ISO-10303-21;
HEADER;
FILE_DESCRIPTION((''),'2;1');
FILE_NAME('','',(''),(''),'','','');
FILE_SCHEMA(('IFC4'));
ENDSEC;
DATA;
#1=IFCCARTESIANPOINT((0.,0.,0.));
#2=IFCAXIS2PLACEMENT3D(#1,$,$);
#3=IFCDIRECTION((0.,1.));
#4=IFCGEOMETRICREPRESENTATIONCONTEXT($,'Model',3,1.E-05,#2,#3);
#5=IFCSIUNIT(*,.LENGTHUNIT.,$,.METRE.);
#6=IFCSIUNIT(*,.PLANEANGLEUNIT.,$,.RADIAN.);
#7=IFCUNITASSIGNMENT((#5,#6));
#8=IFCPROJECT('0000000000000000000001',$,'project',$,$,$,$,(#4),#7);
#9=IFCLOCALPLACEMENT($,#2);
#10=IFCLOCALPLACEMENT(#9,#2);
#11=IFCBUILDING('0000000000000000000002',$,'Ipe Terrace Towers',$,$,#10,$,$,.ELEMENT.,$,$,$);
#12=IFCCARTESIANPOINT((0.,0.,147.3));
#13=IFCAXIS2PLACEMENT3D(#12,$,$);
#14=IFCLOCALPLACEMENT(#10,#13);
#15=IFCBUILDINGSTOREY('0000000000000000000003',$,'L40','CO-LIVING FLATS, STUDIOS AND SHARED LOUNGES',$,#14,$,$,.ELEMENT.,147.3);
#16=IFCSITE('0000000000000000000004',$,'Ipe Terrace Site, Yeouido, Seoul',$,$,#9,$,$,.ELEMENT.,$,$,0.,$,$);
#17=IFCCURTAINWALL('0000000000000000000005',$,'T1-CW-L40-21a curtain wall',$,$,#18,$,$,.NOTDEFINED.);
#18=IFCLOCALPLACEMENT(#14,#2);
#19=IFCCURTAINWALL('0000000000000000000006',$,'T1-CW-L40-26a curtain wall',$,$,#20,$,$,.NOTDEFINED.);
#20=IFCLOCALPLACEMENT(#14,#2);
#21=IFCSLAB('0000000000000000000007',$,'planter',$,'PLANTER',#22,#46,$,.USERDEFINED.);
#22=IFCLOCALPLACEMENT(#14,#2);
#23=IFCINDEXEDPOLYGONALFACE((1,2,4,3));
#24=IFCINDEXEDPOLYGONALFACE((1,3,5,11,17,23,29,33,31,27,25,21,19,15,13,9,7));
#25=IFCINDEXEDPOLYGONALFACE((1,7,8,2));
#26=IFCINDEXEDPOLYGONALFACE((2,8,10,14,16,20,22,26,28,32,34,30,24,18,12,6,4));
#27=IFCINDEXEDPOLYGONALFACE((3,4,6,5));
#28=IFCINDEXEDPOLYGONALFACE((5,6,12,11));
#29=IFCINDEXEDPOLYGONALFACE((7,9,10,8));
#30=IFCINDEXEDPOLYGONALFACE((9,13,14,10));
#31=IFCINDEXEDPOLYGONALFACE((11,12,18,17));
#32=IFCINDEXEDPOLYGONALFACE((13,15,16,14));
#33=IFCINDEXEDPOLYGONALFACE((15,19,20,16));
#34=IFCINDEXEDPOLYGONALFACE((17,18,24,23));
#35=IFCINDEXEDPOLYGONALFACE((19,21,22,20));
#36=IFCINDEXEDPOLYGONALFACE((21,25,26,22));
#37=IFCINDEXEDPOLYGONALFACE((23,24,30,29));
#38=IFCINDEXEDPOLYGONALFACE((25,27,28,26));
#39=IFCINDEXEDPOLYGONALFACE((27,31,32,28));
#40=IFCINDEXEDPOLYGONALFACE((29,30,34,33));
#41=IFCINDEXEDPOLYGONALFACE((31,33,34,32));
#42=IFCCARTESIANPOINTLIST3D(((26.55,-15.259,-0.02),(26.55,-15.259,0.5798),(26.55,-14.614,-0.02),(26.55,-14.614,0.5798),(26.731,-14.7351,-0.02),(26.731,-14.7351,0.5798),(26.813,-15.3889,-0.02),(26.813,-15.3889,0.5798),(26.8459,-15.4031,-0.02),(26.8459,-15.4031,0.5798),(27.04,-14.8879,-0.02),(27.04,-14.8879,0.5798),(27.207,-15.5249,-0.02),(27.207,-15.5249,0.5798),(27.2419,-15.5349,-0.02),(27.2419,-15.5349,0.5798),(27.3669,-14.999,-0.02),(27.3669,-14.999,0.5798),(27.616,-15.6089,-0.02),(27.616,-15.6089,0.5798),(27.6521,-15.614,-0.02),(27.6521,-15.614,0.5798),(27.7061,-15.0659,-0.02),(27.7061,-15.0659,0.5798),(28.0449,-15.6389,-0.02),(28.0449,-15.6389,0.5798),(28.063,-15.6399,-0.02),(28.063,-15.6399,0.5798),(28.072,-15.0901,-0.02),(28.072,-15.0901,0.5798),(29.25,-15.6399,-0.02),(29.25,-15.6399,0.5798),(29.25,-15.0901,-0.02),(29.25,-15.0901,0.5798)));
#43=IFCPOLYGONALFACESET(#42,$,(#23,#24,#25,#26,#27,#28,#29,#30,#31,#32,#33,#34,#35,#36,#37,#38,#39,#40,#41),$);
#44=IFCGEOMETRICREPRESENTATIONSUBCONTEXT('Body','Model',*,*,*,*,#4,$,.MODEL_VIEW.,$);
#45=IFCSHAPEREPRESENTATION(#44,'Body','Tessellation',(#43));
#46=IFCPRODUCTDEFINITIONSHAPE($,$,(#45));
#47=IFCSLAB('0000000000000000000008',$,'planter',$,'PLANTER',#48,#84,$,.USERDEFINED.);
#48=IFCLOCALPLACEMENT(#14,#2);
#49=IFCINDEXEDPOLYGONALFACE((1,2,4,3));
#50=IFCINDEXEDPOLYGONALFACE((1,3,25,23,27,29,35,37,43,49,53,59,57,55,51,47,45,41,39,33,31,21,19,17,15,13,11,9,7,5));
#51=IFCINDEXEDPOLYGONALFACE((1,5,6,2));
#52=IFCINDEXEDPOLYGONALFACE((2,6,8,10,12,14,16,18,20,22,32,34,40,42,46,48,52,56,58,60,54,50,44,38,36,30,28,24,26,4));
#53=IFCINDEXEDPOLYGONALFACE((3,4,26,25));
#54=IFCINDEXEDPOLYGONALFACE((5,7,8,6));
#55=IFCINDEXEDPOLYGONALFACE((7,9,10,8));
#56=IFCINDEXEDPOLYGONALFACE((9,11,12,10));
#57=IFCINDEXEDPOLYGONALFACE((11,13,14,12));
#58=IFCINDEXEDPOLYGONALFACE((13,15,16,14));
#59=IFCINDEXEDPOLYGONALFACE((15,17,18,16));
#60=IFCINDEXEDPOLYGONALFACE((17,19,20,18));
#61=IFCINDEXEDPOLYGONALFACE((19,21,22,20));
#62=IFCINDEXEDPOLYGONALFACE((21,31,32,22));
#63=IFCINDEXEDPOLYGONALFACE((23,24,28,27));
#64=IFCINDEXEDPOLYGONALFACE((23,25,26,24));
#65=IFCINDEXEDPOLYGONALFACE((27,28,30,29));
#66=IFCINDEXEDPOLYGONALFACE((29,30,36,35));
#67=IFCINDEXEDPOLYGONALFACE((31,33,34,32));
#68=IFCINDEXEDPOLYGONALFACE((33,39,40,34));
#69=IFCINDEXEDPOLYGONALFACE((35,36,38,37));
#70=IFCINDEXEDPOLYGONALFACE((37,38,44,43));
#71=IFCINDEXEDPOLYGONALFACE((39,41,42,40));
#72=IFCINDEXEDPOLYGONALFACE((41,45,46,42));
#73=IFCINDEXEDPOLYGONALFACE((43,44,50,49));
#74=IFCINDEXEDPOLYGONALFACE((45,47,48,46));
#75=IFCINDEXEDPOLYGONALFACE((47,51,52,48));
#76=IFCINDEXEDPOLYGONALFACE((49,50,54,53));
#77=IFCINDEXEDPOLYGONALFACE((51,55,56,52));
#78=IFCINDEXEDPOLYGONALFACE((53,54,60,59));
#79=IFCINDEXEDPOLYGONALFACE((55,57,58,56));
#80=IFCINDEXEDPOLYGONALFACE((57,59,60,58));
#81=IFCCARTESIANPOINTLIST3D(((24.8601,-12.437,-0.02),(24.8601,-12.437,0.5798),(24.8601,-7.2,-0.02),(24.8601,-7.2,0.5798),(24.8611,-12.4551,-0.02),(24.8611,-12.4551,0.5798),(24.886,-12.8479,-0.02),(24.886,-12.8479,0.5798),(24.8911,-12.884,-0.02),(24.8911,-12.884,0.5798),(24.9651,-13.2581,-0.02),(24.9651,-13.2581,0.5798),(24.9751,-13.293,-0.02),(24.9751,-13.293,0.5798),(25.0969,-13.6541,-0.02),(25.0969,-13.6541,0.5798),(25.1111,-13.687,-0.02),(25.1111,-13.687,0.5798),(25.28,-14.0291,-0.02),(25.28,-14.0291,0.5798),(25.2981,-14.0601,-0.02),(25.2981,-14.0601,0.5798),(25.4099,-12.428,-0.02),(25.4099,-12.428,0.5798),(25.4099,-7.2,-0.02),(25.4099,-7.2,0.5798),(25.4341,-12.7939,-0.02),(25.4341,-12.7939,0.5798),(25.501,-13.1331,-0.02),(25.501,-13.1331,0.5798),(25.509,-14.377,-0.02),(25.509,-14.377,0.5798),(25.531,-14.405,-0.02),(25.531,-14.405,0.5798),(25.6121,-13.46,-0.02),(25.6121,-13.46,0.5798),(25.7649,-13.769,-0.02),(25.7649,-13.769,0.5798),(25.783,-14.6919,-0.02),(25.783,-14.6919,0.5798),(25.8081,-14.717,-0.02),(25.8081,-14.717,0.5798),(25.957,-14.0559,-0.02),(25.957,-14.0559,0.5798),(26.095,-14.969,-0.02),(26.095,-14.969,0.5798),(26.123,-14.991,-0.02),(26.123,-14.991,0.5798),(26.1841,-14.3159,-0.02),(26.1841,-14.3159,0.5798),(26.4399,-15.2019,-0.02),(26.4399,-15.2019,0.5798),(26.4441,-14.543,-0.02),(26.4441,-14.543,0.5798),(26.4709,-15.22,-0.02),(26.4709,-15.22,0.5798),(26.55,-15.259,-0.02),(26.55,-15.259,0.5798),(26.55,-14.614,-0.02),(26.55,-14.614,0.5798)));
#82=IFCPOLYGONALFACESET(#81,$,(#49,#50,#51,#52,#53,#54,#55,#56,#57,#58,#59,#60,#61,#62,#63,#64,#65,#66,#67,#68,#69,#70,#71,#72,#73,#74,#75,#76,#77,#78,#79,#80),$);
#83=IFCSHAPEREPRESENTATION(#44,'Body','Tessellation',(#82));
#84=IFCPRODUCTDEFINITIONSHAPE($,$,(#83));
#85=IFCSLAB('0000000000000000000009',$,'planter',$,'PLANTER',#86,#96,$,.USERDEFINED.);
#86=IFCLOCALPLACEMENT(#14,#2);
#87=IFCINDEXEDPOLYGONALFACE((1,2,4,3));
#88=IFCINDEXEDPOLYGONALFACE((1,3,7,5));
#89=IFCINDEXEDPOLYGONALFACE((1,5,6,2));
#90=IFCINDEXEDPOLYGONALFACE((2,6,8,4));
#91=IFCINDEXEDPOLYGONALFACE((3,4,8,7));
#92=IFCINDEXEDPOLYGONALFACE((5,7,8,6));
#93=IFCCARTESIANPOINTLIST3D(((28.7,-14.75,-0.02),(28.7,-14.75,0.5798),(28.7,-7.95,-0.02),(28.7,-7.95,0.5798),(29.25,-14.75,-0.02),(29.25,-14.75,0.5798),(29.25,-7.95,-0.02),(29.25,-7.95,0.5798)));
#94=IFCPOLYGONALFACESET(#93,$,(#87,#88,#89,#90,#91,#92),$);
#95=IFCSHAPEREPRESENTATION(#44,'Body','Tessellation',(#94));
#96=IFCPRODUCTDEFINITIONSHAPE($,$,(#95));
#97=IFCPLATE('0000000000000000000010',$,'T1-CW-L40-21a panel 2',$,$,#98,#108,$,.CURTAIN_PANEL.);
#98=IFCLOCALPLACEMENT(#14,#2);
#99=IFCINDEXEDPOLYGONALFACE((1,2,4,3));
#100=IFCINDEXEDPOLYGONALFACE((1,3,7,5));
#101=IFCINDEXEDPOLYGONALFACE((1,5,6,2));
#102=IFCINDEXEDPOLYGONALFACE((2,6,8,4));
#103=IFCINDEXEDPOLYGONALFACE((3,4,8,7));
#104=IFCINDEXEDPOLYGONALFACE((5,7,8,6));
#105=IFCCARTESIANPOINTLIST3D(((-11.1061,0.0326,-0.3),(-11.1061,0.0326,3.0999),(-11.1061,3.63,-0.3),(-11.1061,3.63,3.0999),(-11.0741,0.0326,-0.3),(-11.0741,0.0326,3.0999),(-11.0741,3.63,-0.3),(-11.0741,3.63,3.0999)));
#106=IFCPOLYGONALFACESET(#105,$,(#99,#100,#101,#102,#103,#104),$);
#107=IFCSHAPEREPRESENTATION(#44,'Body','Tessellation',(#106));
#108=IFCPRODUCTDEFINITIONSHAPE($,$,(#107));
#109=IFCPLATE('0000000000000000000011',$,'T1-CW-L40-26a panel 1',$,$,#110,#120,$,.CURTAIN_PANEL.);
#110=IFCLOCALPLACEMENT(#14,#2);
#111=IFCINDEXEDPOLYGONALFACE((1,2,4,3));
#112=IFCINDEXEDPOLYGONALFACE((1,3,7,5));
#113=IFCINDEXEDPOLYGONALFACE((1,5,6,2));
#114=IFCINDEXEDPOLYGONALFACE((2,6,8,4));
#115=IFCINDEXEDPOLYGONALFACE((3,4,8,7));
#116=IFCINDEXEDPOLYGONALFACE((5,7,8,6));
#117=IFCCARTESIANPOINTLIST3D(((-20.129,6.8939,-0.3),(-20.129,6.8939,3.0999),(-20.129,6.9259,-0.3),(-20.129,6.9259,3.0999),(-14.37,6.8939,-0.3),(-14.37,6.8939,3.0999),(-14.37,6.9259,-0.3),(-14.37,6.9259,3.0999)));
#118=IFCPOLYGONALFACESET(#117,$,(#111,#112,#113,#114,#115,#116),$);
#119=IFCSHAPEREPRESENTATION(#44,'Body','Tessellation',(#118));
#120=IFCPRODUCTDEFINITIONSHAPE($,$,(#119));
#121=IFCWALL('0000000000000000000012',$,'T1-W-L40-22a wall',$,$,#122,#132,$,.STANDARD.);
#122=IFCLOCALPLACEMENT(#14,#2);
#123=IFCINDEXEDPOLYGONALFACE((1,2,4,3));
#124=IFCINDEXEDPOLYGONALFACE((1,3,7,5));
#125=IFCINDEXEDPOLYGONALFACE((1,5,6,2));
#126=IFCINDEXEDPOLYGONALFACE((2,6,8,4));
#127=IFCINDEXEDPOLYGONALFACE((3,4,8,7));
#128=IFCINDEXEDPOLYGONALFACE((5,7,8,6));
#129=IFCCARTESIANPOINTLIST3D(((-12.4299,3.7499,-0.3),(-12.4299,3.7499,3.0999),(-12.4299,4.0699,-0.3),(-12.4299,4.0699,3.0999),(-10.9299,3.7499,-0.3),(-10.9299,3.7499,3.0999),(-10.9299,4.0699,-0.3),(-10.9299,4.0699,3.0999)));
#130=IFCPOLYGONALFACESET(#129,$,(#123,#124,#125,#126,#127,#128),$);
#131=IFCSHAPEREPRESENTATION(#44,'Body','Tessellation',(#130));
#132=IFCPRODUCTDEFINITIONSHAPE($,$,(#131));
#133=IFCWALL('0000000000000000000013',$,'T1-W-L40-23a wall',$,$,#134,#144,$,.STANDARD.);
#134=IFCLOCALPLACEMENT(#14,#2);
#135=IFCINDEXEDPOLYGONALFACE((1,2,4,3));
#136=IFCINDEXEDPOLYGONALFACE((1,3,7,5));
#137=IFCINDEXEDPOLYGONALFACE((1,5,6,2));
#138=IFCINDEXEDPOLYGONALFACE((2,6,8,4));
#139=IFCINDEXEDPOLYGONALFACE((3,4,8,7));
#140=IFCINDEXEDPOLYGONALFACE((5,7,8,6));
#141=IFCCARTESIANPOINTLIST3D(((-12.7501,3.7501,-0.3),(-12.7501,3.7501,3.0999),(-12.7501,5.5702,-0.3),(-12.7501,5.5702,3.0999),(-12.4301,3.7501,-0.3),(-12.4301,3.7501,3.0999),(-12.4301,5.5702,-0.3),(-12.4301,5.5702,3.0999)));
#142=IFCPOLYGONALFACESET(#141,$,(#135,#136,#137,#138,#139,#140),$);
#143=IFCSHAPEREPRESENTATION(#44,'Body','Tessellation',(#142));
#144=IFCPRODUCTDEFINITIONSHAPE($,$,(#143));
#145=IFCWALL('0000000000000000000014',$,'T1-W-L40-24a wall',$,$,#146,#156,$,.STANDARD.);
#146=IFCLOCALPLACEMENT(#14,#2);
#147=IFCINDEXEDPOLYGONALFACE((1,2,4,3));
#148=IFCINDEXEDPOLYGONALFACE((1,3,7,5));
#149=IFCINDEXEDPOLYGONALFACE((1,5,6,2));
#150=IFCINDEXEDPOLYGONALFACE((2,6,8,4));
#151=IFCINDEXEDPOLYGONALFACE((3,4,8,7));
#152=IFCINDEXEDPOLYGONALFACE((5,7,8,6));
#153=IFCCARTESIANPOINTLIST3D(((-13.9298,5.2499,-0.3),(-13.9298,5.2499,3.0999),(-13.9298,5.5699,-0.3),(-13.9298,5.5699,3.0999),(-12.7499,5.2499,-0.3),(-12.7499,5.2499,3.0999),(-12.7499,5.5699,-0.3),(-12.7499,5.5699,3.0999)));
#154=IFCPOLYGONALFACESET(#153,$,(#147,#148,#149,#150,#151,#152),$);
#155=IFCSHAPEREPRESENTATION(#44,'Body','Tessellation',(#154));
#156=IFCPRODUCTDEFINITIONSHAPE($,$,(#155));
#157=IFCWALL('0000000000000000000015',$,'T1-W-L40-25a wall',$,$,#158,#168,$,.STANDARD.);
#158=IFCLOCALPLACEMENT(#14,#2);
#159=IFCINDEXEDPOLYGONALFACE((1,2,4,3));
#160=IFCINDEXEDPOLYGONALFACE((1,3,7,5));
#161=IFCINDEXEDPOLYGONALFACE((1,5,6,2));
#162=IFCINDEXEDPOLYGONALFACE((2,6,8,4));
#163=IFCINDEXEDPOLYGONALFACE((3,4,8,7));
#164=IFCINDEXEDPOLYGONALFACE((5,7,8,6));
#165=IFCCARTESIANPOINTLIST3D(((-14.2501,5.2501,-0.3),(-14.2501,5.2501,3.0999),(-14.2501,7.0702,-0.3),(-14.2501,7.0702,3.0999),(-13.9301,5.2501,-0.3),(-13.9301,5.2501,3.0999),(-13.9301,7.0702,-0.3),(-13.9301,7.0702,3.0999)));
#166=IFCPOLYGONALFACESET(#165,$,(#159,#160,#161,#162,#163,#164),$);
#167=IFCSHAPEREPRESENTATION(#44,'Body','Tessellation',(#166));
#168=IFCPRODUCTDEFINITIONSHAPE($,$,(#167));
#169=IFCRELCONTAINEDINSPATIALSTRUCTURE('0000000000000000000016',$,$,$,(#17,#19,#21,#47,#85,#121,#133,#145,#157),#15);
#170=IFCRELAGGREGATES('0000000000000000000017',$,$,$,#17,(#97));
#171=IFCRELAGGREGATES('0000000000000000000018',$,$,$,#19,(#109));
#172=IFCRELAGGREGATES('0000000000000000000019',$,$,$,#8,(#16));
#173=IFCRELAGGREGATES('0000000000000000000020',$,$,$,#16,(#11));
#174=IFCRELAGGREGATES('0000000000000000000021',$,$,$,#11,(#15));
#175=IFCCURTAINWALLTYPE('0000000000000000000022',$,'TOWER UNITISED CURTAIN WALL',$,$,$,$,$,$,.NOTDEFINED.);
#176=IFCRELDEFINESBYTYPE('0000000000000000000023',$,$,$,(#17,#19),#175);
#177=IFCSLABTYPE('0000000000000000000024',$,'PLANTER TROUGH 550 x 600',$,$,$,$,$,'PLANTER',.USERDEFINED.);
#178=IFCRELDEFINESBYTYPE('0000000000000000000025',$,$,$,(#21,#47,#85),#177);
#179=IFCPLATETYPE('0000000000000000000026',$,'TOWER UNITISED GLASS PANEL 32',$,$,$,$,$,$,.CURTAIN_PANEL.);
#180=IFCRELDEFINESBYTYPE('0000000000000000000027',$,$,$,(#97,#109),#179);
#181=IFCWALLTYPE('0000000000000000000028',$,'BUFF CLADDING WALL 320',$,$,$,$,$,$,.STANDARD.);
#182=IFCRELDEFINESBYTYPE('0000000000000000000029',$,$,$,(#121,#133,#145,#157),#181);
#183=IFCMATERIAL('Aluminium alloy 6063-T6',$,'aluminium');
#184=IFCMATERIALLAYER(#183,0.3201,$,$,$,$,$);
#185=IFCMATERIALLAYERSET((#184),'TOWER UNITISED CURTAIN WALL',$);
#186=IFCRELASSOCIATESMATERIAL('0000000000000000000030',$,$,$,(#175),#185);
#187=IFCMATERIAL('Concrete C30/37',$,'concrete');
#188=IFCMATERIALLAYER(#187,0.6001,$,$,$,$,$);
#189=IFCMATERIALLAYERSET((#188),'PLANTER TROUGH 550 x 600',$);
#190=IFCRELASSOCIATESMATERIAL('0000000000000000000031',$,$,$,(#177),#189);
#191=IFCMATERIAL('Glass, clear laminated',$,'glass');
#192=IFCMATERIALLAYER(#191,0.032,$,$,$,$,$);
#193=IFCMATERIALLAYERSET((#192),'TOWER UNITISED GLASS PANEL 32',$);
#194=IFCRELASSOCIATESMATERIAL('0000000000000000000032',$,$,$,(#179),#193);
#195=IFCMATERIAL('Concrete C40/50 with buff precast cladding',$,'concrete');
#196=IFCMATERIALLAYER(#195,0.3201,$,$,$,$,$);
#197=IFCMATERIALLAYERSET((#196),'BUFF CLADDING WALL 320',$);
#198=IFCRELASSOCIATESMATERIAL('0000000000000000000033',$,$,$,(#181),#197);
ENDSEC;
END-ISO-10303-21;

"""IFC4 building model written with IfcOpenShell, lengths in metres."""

from ifc_helpers import new_model, si_unit, direction, frame, frame_2d, origin, origin_2d, place, context, subcontext, project, spatial, polyline, rectangle, outline, extrude, material, layer, layer_set, type_object, element, aggregate, save


model = new_model("IFC4")

# Units and contexts
model_context = context("Model", 3, precision=1e-05, world=origin(), true_north=direction((0.0, 1.0)))
body_context = subcontext(model_context, "Body", "Model", "MODEL_VIEW")
ifc_project = project(units=[si_unit("LENGTHUNIT", "METRE"), si_unit("PLANEANGLEUNIT", "RADIAN")], contexts=[model_context])

# Site, building, storey
site_placement = place(None, origin())
site = spatial("IfcSite", under=ifc_project, at=site_placement, Name="Ipe Terrace Site, Yeouido, Seoul", CompositionType="ELEMENT", RefElevation=0.0)
building_placement = place(site_placement, origin())
building = spatial("IfcBuilding", under=site, at=building_placement, Name="Ipe Terrace Towers", CompositionType="ELEMENT")
storey_placement = place(building_placement, frame((0.0, 0.0, 147.3)))
storey = spatial("IfcBuildingStorey", under=building, at=storey_placement, Name="L40", Description="CO-LIVING FLATS, STUDIOS AND SHARED LOUNGES", CompositionType="ELEMENT", Elevation=147.3)

# Curtain wall
ifc_material_1 = material(Name="Aluminium alloy 6063-T6", Category="aluminium")
ifc_layer_1 = layer(ifc_material_1, 0.3201)
ifc_layer_set_1 = layer_set([ifc_layer_1], Name="TOWER UNITISED CURTAIN WALL")
curtain_wall_type = type_object("IfcCurtainWallType", Name="TOWER UNITISED CURTAIN WALL", PredefinedType="NOTDEFINED", material=ifc_layer_set_1)
curtain_wall_1_placement = place(storey_placement, origin())
curtain_wall_1 = element("IfcCurtainWall", 1, at=curtain_wall_1_placement, inside=storey, type_object=curtain_wall_type, Name="T1-CW-L40-21a curtain wall", PredefinedType="NOTDEFINED")

# Curtain wall
curtain_wall_2_placement = place(storey_placement, origin())
curtain_wall_2 = element("IfcCurtainWall", 2, at=curtain_wall_2_placement, inside=storey, type_object=curtain_wall_type, Name="T1-CW-L40-26a curtain wall", PredefinedType="NOTDEFINED")

# Slabs
ifc_material_2 = material(Name="Concrete C30/37", Category="concrete")
ifc_layer_2 = layer(ifc_material_2, 0.6001)
ifc_layer_set_2 = layer_set([ifc_layer_2], Name="PLANTER TROUGH 550 x 600")
slab_type_1 = type_object("IfcSlabType", Name="PLANTER TROUGH 550 x 600", ElementType="PLANTER", PredefinedType="USERDEFINED", material=ifc_layer_set_2)
slab_1_placement = place(storey_placement, frame((0.0, 0.0, -0.02)))
element("IfcSlab", 3, at=slab_1_placement, inside=storey, type_object=slab_type_1, Name="planter", ObjectType="PLANTER", PredefinedType="USERDEFINED", context=body_context, shape_type="SweptSolid", body=[
    extrude(outline(polyline([(27.3669, -14.999), (27.04, -14.8879), (26.731, -14.7351), (26.55, -14.614), (26.55, -15.259), (26.813, -15.3889), (26.8459, -15.4031), (27.207, -15.5249), (27.2419, -15.5349), (27.616, -15.6089), (27.6521, -15.614), (28.0449, -15.6389), (28.063, -15.6399), (29.25, -15.6399), (29.25, -15.0901), (28.072, -15.0901), (27.7061, -15.0659), (27.3669, -14.999)])), origin(), (0.0, 0.0, 1.0), 0.5999),
])
slab_2_placement = place(storey_placement, frame((0.0, 0.0, -0.02)))
element("IfcSlab", 4, at=slab_2_placement, inside=storey, type_object=slab_type_1, Name="planter", ObjectType="PLANTER", PredefinedType="USERDEFINED", context=body_context, shape_type="SweptSolid", body=[
    extrude(outline(polyline([(26.4441, -14.543), (26.1841, -14.3159), (25.957, -14.0559), (25.7649, -13.769), (25.6121, -13.46), (25.501, -13.1331), (25.4341, -12.7939), (25.4099, -12.428), (25.4099, -7.2), (24.8601, -7.2), (24.8601, -12.437), (24.8611, -12.4551), (24.886, -12.8479), (24.8911, -12.884), (24.9651, -13.2581), (24.9751, -13.293), (25.0969, -13.6541), (25.1111, -13.687), (25.28, -14.0291), (25.2981, -14.0601), (25.509, -14.377), (25.531, -14.405), (25.783, -14.6919), (25.8081, -14.717), (26.095, -14.969), (26.123, -14.991), (26.4399, -15.2019), (26.4709, -15.22), (26.55, -15.259), (26.55, -14.614), (26.4441, -14.543)])), origin(), (0.0, 0.0, 1.0), 0.5999),
])
slab_3_placement = place(storey_placement, frame((0.0, 0.0, -0.02)))
element("IfcSlab", 5, at=slab_3_placement, inside=storey, type_object=slab_type_1, Name="planter", ObjectType="PLANTER", PredefinedType="USERDEFINED", context=body_context, shape_type="SweptSolid", body=[
    extrude(outline(polyline([(29.25, -7.95), (28.7, -7.95), (28.7, -14.75), (29.25, -14.75), (29.25, -7.95)])), origin(), (0.0, 0.0, 1.0), 0.5999),
])

# Plates
ifc_material_3 = material(Name="Glass, clear laminated", Category="glass")
ifc_layer_3 = layer(ifc_material_3, 0.032)
ifc_layer_set_3 = layer_set([ifc_layer_3], Name="TOWER UNITISED GLASS PANEL 32")
plate_type = type_object("IfcPlateType", Name="TOWER UNITISED GLASS PANEL 32", PredefinedType="CURTAIN_PANEL", material=ifc_layer_set_3)
plate_1_placement = place(storey_placement, frame((-11.0901, 1.8313, -0.3), z_axis=(0.0, 0.0, 1.0), x_axis=(0.0, 1.0, 0.0)))
plate_1 = element("IfcPlate", 6, at=plate_1_placement, type_object=plate_type, Name="T1-CW-L40-21a panel 2", PredefinedType="CURTAIN_PANEL", context=body_context, shape_type="SweptSolid", body=[
    extrude(rectangle(XDim=3.5974, YDim=0.032, at=origin_2d()), origin(), (0.0, 0.0, 1.0), 3.3999),
])
aggregate(curtain_wall_1, [plate_1])
plate_2_placement = place(storey_placement, frame((-17.2495, 6.9099, -0.3), z_axis=(0.0, 0.0, 1.0), x_axis=(-1.0, 0.0, 0.0)))
plate_2 = element("IfcPlate", 7, at=plate_2_placement, type_object=plate_type, Name="T1-CW-L40-26a panel 1", PredefinedType="CURTAIN_PANEL", context=body_context, shape_type="SweptSolid", body=[
    extrude(rectangle(XDim=5.759, YDim=0.032, at=origin_2d()), origin(), (0.0, 0.0, 1.0), 3.3999),
])
aggregate(curtain_wall_2, [plate_2])

# Walls
ifc_material_4 = material(Name="Concrete C40/50 with buff precast cladding", Category="concrete")
ifc_layer_4 = layer(ifc_material_4, 0.3201)
ifc_layer_set_4 = layer_set([ifc_layer_4], Name="BUFF CLADDING WALL 320")
wall_type = type_object("IfcWallType", Name="BUFF CLADDING WALL 320", PredefinedType="STANDARD", material=ifc_layer_set_4)
wall_1_placement = place(storey_placement, frame((-10.9299, 3.9099, -0.3), z_axis=(0.0, 0.0, 1.0), x_axis=(-1.0, 0.0, 0.0)))
element("IfcWall", 8, at=wall_1_placement, inside=storey, type_object=wall_type, Name="T1-W-L40-22a wall", PredefinedType="STANDARD", context=body_context, shape_type="SweptSolid", body=[
    extrude(rectangle(XDim=1.5, YDim=0.3201, at=frame_2d((0.75, 0.0))), origin(), (0.0, 0.0, 1.0), 3.3999),
])
wall_2_placement = place(storey_placement, frame((-12.5901, 3.75, -0.3), z_axis=(0.0, 0.0, 1.0), x_axis=(0.0, 1.0, 0.0)))
element("IfcWall", 9, at=wall_2_placement, inside=storey, type_object=wall_type, Name="T1-W-L40-23a wall", PredefinedType="STANDARD", context=body_context, shape_type="SweptSolid", body=[
    extrude(rectangle(XDim=1.8201, YDim=0.3201, at=frame_2d((0.9102, 0.0))), origin(), (0.0, 0.0, 1.0), 3.3999),
])
wall_3_placement = place(storey_placement, frame((-12.75, 5.4099, -0.3), z_axis=(0.0, 0.0, 1.0), x_axis=(-1.0, 0.0, 0.0)))
element("IfcWall", 10, at=wall_3_placement, inside=storey, type_object=wall_type, Name="T1-W-L40-24a wall", PredefinedType="STANDARD", context=body_context, shape_type="SweptSolid", body=[
    extrude(rectangle(XDim=1.1799, YDim=0.3201, at=frame_2d((0.5898, 0.0))), origin(), (0.0, 0.0, 1.0), 3.3999),
])
wall_4_placement = place(storey_placement, frame((-14.0901, 5.25, -0.3), z_axis=(0.0, 0.0, 1.0), x_axis=(0.0, 1.0, 0.0)))
element("IfcWall", 11, at=wall_4_placement, inside=storey, type_object=wall_type, Name="T1-W-L40-25a wall", PredefinedType="STANDARD", context=body_context, shape_type="SweptSolid", body=[
    extrude(rectangle(XDim=1.8201, YDim=0.3201, at=frame_2d((0.9102, 0.0))), origin(), (0.0, 0.0, 1.0), 3.3999),
])

save(model, "model.ifc")
